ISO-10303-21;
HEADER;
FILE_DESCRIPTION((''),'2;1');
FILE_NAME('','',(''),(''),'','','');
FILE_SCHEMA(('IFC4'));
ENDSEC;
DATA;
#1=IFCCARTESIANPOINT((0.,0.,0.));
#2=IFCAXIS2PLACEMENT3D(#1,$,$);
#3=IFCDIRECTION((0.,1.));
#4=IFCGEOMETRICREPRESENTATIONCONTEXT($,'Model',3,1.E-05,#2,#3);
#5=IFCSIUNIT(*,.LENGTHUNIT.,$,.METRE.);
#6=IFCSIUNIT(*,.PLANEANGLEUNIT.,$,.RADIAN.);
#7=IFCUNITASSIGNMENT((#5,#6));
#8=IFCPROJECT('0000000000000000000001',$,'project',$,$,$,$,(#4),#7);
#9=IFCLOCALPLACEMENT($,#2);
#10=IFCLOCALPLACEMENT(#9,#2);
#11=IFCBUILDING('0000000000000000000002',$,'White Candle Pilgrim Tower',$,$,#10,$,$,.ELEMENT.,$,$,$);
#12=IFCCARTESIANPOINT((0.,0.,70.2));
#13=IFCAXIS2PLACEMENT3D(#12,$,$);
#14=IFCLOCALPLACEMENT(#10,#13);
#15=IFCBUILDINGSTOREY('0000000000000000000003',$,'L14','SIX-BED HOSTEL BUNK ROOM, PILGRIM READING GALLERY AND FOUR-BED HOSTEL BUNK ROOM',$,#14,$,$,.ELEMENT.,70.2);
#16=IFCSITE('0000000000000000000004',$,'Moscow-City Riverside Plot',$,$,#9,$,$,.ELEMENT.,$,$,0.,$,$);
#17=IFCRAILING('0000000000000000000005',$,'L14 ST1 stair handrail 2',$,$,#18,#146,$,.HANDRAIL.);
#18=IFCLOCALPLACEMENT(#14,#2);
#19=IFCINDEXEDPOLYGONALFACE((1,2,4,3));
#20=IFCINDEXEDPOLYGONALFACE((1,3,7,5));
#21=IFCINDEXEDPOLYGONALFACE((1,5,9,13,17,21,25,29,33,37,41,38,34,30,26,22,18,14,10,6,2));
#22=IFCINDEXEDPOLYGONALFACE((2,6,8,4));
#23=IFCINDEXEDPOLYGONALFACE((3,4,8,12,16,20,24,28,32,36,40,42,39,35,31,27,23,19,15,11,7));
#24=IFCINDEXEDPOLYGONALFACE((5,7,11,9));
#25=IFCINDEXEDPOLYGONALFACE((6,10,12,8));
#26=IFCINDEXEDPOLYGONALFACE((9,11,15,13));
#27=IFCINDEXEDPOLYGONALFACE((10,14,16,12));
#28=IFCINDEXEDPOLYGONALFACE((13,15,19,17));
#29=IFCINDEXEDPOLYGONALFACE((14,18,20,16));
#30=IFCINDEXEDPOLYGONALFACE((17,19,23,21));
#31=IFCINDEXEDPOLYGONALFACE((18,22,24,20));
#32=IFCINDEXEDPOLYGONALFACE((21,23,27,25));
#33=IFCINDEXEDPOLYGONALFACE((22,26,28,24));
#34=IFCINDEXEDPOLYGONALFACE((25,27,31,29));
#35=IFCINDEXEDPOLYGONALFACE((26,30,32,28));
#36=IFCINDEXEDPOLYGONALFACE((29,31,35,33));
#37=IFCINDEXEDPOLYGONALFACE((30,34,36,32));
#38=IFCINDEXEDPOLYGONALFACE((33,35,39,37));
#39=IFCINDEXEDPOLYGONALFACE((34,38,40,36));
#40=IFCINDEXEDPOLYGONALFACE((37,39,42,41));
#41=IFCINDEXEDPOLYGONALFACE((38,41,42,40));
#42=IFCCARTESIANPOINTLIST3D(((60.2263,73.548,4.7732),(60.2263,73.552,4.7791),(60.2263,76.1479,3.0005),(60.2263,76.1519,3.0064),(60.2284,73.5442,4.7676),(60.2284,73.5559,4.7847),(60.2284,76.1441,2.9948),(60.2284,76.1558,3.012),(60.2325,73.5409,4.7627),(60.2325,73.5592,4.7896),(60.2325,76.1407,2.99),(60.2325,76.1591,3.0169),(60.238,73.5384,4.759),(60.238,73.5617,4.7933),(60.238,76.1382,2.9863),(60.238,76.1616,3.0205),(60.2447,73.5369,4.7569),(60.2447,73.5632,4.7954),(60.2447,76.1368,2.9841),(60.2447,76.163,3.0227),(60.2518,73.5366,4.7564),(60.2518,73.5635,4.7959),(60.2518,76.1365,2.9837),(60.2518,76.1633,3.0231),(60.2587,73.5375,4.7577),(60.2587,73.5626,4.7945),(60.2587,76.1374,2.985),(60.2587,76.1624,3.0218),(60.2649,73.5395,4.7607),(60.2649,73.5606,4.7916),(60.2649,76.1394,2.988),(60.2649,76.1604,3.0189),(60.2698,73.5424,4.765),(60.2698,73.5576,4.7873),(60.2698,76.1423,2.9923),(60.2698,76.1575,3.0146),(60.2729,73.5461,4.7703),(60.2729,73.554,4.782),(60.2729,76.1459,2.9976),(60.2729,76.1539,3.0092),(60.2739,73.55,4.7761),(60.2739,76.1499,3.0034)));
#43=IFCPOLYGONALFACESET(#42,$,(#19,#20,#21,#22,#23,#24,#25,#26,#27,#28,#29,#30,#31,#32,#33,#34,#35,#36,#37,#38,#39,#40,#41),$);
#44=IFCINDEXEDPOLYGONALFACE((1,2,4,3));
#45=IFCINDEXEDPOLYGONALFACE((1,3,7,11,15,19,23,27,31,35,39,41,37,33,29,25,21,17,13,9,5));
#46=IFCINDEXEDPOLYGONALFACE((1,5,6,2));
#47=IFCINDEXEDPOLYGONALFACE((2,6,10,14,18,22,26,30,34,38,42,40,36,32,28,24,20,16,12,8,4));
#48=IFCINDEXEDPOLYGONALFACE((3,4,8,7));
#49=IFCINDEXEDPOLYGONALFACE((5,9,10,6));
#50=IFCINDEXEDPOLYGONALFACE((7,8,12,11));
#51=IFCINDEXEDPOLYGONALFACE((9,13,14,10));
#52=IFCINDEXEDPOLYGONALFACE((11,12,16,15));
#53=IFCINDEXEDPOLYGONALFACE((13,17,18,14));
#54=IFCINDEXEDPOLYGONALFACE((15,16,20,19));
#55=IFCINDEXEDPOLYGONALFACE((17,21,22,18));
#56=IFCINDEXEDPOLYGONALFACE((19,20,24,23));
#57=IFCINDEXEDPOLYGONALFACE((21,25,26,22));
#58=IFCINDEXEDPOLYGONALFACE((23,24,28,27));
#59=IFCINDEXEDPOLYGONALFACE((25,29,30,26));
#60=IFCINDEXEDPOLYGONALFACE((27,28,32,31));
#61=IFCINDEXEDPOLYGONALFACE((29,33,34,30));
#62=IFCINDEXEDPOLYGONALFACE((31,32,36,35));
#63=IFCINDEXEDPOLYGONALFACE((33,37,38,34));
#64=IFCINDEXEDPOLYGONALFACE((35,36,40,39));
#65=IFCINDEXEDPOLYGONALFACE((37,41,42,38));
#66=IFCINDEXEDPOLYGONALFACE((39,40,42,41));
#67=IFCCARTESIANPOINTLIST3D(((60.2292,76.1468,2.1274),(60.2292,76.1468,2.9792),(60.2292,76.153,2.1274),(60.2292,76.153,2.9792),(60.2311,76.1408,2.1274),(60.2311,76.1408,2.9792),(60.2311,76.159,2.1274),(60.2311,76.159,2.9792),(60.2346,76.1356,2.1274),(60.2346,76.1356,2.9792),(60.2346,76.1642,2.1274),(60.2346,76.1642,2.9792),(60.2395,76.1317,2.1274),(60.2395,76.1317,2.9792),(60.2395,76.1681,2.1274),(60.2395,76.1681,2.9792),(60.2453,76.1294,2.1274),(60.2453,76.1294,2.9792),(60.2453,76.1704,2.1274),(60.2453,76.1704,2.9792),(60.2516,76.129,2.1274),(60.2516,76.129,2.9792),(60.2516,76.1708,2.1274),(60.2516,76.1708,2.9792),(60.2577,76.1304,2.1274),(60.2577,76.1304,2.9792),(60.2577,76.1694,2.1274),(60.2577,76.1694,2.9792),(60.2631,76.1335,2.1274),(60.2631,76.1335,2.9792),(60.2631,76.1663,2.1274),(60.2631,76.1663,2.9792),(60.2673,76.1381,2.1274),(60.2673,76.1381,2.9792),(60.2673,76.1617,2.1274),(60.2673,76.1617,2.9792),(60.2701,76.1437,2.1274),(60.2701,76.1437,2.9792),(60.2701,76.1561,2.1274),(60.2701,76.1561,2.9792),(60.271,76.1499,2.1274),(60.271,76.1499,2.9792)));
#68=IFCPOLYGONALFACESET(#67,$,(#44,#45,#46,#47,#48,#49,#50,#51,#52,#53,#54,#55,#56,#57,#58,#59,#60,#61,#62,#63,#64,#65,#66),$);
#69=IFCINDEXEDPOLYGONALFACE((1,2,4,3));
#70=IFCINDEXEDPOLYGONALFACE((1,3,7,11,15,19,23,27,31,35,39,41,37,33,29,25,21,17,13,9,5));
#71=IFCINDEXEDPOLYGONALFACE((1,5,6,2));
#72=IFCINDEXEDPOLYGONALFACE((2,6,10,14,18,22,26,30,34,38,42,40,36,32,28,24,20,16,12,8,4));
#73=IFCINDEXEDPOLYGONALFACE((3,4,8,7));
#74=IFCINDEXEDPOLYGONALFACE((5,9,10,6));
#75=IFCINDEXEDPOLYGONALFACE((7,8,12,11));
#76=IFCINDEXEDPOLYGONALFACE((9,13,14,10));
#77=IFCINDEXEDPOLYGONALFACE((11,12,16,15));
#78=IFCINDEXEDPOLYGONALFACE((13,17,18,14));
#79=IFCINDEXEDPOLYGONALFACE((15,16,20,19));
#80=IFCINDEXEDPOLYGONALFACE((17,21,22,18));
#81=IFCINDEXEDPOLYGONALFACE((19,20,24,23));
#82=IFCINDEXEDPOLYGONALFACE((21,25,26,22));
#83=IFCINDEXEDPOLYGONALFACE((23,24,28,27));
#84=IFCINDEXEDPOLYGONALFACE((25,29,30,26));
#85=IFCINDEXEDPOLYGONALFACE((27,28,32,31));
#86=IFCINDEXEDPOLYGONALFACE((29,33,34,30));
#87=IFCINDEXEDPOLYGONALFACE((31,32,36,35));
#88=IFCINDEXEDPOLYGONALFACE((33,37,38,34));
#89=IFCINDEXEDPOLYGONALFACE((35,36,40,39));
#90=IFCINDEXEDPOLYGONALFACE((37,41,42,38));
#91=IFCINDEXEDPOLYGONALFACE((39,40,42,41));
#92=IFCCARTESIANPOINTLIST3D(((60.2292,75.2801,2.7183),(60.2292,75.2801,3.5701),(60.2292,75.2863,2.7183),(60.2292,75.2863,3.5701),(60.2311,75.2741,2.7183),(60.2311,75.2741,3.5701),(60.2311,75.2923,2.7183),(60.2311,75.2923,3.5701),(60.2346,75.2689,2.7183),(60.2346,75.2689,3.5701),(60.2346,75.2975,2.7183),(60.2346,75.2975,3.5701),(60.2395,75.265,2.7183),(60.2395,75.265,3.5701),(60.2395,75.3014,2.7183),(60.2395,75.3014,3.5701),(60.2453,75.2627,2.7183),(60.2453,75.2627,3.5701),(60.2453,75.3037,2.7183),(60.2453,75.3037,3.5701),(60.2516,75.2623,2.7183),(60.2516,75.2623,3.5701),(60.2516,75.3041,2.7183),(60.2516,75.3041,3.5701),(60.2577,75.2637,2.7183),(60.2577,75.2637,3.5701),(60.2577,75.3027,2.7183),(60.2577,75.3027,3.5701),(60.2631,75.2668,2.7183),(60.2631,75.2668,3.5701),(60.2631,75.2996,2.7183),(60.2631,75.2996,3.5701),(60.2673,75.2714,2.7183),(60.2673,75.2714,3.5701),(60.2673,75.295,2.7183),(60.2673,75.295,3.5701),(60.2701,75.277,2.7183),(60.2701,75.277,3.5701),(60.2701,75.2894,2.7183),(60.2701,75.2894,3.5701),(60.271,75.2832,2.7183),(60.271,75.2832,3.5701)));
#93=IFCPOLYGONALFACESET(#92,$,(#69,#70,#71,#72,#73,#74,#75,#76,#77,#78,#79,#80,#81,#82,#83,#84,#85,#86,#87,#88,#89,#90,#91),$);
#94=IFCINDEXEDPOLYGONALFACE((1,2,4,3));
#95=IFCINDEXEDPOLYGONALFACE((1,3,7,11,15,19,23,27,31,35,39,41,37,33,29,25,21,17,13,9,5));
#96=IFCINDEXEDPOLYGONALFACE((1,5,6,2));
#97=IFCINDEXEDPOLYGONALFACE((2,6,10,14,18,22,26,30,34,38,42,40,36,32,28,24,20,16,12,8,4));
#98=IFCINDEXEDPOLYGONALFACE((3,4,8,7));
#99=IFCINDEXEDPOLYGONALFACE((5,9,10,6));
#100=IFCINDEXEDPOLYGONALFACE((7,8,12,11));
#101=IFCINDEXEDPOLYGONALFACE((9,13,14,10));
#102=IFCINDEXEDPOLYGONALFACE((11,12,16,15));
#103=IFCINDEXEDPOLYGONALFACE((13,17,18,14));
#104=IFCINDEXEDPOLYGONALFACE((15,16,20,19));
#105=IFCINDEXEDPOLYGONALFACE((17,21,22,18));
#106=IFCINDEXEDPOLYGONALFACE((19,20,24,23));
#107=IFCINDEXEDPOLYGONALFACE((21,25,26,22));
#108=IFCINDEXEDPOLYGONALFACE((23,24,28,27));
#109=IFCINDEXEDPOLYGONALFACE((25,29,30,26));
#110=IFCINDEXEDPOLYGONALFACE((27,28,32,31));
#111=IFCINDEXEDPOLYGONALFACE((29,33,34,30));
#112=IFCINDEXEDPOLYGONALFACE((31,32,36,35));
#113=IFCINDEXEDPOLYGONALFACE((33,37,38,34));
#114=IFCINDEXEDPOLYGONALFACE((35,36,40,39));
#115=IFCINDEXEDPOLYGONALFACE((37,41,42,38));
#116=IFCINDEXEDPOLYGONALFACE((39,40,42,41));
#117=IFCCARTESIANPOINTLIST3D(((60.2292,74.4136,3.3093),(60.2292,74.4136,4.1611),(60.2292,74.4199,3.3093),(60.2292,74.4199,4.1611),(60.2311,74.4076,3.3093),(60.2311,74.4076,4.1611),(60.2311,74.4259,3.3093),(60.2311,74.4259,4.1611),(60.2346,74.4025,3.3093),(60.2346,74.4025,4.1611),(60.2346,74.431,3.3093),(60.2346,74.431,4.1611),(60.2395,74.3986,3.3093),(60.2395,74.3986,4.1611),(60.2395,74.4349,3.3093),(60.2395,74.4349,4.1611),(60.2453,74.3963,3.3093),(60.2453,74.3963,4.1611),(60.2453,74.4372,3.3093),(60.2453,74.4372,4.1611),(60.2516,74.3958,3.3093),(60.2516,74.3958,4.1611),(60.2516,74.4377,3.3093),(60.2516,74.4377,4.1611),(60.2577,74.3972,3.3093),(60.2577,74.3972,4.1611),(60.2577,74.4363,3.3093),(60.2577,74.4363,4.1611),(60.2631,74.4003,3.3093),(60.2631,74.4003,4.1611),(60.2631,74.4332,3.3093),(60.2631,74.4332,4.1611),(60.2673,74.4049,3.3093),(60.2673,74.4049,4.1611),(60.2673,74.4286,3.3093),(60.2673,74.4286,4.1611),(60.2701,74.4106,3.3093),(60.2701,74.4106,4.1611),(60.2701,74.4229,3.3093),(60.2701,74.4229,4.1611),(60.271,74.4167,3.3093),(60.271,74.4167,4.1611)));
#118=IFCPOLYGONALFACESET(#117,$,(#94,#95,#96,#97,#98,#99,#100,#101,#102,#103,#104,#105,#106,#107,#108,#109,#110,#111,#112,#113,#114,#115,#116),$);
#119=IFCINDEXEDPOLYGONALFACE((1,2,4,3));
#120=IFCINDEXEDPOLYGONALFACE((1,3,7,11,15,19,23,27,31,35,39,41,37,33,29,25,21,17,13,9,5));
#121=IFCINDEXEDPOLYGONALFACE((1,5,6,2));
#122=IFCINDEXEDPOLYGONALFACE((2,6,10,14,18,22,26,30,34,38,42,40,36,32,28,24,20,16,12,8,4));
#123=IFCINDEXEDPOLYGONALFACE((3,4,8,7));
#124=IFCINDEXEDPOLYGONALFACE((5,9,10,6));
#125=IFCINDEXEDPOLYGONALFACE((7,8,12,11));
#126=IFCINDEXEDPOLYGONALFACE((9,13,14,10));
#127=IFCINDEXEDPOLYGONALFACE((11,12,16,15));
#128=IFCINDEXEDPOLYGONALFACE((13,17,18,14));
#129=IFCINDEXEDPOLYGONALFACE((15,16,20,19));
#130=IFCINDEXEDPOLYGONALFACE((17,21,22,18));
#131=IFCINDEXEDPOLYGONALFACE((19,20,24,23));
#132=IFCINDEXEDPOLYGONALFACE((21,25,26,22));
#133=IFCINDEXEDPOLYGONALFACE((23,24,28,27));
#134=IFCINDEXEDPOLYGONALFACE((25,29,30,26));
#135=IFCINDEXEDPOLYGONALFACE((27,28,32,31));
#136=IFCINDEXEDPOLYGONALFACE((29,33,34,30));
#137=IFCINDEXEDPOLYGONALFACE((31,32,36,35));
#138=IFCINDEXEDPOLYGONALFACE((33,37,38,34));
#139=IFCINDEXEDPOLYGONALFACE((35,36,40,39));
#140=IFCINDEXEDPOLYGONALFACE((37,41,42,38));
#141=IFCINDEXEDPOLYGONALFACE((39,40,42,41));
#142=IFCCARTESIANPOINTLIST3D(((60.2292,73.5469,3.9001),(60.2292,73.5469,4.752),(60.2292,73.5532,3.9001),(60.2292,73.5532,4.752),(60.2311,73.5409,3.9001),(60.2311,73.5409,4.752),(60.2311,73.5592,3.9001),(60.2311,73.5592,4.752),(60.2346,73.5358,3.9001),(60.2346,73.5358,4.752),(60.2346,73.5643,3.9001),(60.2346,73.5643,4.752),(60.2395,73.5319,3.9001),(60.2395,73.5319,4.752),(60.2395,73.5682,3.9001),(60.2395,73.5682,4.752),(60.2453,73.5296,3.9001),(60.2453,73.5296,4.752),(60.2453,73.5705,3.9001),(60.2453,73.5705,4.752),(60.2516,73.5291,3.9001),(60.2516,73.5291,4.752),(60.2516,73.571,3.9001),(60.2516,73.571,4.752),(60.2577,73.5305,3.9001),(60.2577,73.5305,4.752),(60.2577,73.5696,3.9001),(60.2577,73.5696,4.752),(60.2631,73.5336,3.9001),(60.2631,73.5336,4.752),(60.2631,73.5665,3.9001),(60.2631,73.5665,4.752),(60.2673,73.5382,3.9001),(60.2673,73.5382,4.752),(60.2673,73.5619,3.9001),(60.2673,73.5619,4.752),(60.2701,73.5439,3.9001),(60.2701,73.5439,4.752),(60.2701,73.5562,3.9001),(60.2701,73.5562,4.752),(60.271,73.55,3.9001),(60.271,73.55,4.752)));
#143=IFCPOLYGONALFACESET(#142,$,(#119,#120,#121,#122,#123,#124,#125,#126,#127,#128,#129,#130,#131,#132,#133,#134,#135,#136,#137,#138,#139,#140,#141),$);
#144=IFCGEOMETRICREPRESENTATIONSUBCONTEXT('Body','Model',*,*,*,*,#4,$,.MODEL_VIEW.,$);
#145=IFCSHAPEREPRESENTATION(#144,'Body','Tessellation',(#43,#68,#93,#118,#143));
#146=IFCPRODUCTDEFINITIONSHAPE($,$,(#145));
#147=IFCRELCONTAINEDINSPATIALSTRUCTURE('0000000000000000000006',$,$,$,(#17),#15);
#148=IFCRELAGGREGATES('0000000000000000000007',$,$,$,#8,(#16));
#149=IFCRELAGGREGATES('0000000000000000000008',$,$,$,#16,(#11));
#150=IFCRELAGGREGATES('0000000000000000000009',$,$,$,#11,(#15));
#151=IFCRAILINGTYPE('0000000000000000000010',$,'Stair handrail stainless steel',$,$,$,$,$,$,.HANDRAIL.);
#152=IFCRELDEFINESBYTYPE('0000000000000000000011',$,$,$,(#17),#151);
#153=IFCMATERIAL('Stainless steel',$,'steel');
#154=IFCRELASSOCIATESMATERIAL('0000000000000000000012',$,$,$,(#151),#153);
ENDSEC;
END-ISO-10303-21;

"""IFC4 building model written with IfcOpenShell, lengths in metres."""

from ifc_helpers import new_model, si_unit, direction, frame, origin, origin_2d, place, context, subcontext, project, spatial, circle, extrude, material, type_object, element, save


model = new_model("IFC4")

# Units and contexts
model_context = context("Model", 3, precision=1e-05, world=origin(), true_north=direction((0.0, 1.0)))
body_context = subcontext(model_context, "Body", "Model", "MODEL_VIEW")
ifc_project = project(units=[si_unit("LENGTHUNIT", "METRE"), si_unit("PLANEANGLEUNIT", "RADIAN")], contexts=[model_context])

# Site, building, storey
site_placement = place(None, origin())
site = spatial("IfcSite", under=ifc_project, at=site_placement, Name="Moscow-City Riverside Plot", CompositionType="ELEMENT", RefElevation=0.0)
building_placement = place(site_placement, origin())
building = spatial("IfcBuilding", under=site, at=building_placement, Name="White Candle Pilgrim Tower", CompositionType="ELEMENT")
storey_placement = place(building_placement, frame((0.0, 0.0, 70.2)))
storey = spatial("IfcBuildingStorey", under=building, at=storey_placement, Name="L14", Description="SIX-BED HOSTEL BUNK ROOM, PILGRIM READING GALLERY AND FOUR-BED HOSTEL BUNK ROOM", CompositionType="ELEMENT", Elevation=70.2)

# Railing
ifc_material_1 = material(Name="Stainless steel", Category="steel")
railing_type_1 = type_object("IfcRailingType", Name="Stair handrail stainless steel", PredefinedType="HANDRAIL", material=ifc_material_1)
railing_1_placement = place(storey_placement, frame((60.25, 76.1499, 2.1274)))
element("IfcRailing", 1, at=railing_1_placement, inside=storey, type_object=railing_type_1, Name="L14 ST1 stair handrail 2", PredefinedType="HANDRAIL", context=body_context, shape_type="SweptSolid", body=[
    extrude(circle(Radius=0.0239, at=origin_2d()), frame((0.0, 0.0, 0.876), z_axis=(0.0, -0.826216, 0.563354), x_axis=(1.0, 0.0, 0.0)), (0.0, 0.0, 1.0), 3.1467),
    extrude(circle(Radius=0.021, at=origin_2d()), origin(), (0.0, 0.0, 1.0), 0.8518),
    extrude(circle(Radius=0.021, at=origin_2d()), frame((0.0, -0.8667, 0.5908)), (0.0, 0.0, 1.0), 0.8518),
    extrude(circle(Radius=0.021, at=origin_2d()), frame((0.0, -1.7332, 1.1819)), (0.0, 0.0, 1.0), 0.8518),
    extrude(circle(Radius=0.021, at=origin_2d()), frame((0.0, -2.5999, 1.7727)), (0.0, 0.0, 1.0), 0.8518),
])

save(model, "model.ifc")
